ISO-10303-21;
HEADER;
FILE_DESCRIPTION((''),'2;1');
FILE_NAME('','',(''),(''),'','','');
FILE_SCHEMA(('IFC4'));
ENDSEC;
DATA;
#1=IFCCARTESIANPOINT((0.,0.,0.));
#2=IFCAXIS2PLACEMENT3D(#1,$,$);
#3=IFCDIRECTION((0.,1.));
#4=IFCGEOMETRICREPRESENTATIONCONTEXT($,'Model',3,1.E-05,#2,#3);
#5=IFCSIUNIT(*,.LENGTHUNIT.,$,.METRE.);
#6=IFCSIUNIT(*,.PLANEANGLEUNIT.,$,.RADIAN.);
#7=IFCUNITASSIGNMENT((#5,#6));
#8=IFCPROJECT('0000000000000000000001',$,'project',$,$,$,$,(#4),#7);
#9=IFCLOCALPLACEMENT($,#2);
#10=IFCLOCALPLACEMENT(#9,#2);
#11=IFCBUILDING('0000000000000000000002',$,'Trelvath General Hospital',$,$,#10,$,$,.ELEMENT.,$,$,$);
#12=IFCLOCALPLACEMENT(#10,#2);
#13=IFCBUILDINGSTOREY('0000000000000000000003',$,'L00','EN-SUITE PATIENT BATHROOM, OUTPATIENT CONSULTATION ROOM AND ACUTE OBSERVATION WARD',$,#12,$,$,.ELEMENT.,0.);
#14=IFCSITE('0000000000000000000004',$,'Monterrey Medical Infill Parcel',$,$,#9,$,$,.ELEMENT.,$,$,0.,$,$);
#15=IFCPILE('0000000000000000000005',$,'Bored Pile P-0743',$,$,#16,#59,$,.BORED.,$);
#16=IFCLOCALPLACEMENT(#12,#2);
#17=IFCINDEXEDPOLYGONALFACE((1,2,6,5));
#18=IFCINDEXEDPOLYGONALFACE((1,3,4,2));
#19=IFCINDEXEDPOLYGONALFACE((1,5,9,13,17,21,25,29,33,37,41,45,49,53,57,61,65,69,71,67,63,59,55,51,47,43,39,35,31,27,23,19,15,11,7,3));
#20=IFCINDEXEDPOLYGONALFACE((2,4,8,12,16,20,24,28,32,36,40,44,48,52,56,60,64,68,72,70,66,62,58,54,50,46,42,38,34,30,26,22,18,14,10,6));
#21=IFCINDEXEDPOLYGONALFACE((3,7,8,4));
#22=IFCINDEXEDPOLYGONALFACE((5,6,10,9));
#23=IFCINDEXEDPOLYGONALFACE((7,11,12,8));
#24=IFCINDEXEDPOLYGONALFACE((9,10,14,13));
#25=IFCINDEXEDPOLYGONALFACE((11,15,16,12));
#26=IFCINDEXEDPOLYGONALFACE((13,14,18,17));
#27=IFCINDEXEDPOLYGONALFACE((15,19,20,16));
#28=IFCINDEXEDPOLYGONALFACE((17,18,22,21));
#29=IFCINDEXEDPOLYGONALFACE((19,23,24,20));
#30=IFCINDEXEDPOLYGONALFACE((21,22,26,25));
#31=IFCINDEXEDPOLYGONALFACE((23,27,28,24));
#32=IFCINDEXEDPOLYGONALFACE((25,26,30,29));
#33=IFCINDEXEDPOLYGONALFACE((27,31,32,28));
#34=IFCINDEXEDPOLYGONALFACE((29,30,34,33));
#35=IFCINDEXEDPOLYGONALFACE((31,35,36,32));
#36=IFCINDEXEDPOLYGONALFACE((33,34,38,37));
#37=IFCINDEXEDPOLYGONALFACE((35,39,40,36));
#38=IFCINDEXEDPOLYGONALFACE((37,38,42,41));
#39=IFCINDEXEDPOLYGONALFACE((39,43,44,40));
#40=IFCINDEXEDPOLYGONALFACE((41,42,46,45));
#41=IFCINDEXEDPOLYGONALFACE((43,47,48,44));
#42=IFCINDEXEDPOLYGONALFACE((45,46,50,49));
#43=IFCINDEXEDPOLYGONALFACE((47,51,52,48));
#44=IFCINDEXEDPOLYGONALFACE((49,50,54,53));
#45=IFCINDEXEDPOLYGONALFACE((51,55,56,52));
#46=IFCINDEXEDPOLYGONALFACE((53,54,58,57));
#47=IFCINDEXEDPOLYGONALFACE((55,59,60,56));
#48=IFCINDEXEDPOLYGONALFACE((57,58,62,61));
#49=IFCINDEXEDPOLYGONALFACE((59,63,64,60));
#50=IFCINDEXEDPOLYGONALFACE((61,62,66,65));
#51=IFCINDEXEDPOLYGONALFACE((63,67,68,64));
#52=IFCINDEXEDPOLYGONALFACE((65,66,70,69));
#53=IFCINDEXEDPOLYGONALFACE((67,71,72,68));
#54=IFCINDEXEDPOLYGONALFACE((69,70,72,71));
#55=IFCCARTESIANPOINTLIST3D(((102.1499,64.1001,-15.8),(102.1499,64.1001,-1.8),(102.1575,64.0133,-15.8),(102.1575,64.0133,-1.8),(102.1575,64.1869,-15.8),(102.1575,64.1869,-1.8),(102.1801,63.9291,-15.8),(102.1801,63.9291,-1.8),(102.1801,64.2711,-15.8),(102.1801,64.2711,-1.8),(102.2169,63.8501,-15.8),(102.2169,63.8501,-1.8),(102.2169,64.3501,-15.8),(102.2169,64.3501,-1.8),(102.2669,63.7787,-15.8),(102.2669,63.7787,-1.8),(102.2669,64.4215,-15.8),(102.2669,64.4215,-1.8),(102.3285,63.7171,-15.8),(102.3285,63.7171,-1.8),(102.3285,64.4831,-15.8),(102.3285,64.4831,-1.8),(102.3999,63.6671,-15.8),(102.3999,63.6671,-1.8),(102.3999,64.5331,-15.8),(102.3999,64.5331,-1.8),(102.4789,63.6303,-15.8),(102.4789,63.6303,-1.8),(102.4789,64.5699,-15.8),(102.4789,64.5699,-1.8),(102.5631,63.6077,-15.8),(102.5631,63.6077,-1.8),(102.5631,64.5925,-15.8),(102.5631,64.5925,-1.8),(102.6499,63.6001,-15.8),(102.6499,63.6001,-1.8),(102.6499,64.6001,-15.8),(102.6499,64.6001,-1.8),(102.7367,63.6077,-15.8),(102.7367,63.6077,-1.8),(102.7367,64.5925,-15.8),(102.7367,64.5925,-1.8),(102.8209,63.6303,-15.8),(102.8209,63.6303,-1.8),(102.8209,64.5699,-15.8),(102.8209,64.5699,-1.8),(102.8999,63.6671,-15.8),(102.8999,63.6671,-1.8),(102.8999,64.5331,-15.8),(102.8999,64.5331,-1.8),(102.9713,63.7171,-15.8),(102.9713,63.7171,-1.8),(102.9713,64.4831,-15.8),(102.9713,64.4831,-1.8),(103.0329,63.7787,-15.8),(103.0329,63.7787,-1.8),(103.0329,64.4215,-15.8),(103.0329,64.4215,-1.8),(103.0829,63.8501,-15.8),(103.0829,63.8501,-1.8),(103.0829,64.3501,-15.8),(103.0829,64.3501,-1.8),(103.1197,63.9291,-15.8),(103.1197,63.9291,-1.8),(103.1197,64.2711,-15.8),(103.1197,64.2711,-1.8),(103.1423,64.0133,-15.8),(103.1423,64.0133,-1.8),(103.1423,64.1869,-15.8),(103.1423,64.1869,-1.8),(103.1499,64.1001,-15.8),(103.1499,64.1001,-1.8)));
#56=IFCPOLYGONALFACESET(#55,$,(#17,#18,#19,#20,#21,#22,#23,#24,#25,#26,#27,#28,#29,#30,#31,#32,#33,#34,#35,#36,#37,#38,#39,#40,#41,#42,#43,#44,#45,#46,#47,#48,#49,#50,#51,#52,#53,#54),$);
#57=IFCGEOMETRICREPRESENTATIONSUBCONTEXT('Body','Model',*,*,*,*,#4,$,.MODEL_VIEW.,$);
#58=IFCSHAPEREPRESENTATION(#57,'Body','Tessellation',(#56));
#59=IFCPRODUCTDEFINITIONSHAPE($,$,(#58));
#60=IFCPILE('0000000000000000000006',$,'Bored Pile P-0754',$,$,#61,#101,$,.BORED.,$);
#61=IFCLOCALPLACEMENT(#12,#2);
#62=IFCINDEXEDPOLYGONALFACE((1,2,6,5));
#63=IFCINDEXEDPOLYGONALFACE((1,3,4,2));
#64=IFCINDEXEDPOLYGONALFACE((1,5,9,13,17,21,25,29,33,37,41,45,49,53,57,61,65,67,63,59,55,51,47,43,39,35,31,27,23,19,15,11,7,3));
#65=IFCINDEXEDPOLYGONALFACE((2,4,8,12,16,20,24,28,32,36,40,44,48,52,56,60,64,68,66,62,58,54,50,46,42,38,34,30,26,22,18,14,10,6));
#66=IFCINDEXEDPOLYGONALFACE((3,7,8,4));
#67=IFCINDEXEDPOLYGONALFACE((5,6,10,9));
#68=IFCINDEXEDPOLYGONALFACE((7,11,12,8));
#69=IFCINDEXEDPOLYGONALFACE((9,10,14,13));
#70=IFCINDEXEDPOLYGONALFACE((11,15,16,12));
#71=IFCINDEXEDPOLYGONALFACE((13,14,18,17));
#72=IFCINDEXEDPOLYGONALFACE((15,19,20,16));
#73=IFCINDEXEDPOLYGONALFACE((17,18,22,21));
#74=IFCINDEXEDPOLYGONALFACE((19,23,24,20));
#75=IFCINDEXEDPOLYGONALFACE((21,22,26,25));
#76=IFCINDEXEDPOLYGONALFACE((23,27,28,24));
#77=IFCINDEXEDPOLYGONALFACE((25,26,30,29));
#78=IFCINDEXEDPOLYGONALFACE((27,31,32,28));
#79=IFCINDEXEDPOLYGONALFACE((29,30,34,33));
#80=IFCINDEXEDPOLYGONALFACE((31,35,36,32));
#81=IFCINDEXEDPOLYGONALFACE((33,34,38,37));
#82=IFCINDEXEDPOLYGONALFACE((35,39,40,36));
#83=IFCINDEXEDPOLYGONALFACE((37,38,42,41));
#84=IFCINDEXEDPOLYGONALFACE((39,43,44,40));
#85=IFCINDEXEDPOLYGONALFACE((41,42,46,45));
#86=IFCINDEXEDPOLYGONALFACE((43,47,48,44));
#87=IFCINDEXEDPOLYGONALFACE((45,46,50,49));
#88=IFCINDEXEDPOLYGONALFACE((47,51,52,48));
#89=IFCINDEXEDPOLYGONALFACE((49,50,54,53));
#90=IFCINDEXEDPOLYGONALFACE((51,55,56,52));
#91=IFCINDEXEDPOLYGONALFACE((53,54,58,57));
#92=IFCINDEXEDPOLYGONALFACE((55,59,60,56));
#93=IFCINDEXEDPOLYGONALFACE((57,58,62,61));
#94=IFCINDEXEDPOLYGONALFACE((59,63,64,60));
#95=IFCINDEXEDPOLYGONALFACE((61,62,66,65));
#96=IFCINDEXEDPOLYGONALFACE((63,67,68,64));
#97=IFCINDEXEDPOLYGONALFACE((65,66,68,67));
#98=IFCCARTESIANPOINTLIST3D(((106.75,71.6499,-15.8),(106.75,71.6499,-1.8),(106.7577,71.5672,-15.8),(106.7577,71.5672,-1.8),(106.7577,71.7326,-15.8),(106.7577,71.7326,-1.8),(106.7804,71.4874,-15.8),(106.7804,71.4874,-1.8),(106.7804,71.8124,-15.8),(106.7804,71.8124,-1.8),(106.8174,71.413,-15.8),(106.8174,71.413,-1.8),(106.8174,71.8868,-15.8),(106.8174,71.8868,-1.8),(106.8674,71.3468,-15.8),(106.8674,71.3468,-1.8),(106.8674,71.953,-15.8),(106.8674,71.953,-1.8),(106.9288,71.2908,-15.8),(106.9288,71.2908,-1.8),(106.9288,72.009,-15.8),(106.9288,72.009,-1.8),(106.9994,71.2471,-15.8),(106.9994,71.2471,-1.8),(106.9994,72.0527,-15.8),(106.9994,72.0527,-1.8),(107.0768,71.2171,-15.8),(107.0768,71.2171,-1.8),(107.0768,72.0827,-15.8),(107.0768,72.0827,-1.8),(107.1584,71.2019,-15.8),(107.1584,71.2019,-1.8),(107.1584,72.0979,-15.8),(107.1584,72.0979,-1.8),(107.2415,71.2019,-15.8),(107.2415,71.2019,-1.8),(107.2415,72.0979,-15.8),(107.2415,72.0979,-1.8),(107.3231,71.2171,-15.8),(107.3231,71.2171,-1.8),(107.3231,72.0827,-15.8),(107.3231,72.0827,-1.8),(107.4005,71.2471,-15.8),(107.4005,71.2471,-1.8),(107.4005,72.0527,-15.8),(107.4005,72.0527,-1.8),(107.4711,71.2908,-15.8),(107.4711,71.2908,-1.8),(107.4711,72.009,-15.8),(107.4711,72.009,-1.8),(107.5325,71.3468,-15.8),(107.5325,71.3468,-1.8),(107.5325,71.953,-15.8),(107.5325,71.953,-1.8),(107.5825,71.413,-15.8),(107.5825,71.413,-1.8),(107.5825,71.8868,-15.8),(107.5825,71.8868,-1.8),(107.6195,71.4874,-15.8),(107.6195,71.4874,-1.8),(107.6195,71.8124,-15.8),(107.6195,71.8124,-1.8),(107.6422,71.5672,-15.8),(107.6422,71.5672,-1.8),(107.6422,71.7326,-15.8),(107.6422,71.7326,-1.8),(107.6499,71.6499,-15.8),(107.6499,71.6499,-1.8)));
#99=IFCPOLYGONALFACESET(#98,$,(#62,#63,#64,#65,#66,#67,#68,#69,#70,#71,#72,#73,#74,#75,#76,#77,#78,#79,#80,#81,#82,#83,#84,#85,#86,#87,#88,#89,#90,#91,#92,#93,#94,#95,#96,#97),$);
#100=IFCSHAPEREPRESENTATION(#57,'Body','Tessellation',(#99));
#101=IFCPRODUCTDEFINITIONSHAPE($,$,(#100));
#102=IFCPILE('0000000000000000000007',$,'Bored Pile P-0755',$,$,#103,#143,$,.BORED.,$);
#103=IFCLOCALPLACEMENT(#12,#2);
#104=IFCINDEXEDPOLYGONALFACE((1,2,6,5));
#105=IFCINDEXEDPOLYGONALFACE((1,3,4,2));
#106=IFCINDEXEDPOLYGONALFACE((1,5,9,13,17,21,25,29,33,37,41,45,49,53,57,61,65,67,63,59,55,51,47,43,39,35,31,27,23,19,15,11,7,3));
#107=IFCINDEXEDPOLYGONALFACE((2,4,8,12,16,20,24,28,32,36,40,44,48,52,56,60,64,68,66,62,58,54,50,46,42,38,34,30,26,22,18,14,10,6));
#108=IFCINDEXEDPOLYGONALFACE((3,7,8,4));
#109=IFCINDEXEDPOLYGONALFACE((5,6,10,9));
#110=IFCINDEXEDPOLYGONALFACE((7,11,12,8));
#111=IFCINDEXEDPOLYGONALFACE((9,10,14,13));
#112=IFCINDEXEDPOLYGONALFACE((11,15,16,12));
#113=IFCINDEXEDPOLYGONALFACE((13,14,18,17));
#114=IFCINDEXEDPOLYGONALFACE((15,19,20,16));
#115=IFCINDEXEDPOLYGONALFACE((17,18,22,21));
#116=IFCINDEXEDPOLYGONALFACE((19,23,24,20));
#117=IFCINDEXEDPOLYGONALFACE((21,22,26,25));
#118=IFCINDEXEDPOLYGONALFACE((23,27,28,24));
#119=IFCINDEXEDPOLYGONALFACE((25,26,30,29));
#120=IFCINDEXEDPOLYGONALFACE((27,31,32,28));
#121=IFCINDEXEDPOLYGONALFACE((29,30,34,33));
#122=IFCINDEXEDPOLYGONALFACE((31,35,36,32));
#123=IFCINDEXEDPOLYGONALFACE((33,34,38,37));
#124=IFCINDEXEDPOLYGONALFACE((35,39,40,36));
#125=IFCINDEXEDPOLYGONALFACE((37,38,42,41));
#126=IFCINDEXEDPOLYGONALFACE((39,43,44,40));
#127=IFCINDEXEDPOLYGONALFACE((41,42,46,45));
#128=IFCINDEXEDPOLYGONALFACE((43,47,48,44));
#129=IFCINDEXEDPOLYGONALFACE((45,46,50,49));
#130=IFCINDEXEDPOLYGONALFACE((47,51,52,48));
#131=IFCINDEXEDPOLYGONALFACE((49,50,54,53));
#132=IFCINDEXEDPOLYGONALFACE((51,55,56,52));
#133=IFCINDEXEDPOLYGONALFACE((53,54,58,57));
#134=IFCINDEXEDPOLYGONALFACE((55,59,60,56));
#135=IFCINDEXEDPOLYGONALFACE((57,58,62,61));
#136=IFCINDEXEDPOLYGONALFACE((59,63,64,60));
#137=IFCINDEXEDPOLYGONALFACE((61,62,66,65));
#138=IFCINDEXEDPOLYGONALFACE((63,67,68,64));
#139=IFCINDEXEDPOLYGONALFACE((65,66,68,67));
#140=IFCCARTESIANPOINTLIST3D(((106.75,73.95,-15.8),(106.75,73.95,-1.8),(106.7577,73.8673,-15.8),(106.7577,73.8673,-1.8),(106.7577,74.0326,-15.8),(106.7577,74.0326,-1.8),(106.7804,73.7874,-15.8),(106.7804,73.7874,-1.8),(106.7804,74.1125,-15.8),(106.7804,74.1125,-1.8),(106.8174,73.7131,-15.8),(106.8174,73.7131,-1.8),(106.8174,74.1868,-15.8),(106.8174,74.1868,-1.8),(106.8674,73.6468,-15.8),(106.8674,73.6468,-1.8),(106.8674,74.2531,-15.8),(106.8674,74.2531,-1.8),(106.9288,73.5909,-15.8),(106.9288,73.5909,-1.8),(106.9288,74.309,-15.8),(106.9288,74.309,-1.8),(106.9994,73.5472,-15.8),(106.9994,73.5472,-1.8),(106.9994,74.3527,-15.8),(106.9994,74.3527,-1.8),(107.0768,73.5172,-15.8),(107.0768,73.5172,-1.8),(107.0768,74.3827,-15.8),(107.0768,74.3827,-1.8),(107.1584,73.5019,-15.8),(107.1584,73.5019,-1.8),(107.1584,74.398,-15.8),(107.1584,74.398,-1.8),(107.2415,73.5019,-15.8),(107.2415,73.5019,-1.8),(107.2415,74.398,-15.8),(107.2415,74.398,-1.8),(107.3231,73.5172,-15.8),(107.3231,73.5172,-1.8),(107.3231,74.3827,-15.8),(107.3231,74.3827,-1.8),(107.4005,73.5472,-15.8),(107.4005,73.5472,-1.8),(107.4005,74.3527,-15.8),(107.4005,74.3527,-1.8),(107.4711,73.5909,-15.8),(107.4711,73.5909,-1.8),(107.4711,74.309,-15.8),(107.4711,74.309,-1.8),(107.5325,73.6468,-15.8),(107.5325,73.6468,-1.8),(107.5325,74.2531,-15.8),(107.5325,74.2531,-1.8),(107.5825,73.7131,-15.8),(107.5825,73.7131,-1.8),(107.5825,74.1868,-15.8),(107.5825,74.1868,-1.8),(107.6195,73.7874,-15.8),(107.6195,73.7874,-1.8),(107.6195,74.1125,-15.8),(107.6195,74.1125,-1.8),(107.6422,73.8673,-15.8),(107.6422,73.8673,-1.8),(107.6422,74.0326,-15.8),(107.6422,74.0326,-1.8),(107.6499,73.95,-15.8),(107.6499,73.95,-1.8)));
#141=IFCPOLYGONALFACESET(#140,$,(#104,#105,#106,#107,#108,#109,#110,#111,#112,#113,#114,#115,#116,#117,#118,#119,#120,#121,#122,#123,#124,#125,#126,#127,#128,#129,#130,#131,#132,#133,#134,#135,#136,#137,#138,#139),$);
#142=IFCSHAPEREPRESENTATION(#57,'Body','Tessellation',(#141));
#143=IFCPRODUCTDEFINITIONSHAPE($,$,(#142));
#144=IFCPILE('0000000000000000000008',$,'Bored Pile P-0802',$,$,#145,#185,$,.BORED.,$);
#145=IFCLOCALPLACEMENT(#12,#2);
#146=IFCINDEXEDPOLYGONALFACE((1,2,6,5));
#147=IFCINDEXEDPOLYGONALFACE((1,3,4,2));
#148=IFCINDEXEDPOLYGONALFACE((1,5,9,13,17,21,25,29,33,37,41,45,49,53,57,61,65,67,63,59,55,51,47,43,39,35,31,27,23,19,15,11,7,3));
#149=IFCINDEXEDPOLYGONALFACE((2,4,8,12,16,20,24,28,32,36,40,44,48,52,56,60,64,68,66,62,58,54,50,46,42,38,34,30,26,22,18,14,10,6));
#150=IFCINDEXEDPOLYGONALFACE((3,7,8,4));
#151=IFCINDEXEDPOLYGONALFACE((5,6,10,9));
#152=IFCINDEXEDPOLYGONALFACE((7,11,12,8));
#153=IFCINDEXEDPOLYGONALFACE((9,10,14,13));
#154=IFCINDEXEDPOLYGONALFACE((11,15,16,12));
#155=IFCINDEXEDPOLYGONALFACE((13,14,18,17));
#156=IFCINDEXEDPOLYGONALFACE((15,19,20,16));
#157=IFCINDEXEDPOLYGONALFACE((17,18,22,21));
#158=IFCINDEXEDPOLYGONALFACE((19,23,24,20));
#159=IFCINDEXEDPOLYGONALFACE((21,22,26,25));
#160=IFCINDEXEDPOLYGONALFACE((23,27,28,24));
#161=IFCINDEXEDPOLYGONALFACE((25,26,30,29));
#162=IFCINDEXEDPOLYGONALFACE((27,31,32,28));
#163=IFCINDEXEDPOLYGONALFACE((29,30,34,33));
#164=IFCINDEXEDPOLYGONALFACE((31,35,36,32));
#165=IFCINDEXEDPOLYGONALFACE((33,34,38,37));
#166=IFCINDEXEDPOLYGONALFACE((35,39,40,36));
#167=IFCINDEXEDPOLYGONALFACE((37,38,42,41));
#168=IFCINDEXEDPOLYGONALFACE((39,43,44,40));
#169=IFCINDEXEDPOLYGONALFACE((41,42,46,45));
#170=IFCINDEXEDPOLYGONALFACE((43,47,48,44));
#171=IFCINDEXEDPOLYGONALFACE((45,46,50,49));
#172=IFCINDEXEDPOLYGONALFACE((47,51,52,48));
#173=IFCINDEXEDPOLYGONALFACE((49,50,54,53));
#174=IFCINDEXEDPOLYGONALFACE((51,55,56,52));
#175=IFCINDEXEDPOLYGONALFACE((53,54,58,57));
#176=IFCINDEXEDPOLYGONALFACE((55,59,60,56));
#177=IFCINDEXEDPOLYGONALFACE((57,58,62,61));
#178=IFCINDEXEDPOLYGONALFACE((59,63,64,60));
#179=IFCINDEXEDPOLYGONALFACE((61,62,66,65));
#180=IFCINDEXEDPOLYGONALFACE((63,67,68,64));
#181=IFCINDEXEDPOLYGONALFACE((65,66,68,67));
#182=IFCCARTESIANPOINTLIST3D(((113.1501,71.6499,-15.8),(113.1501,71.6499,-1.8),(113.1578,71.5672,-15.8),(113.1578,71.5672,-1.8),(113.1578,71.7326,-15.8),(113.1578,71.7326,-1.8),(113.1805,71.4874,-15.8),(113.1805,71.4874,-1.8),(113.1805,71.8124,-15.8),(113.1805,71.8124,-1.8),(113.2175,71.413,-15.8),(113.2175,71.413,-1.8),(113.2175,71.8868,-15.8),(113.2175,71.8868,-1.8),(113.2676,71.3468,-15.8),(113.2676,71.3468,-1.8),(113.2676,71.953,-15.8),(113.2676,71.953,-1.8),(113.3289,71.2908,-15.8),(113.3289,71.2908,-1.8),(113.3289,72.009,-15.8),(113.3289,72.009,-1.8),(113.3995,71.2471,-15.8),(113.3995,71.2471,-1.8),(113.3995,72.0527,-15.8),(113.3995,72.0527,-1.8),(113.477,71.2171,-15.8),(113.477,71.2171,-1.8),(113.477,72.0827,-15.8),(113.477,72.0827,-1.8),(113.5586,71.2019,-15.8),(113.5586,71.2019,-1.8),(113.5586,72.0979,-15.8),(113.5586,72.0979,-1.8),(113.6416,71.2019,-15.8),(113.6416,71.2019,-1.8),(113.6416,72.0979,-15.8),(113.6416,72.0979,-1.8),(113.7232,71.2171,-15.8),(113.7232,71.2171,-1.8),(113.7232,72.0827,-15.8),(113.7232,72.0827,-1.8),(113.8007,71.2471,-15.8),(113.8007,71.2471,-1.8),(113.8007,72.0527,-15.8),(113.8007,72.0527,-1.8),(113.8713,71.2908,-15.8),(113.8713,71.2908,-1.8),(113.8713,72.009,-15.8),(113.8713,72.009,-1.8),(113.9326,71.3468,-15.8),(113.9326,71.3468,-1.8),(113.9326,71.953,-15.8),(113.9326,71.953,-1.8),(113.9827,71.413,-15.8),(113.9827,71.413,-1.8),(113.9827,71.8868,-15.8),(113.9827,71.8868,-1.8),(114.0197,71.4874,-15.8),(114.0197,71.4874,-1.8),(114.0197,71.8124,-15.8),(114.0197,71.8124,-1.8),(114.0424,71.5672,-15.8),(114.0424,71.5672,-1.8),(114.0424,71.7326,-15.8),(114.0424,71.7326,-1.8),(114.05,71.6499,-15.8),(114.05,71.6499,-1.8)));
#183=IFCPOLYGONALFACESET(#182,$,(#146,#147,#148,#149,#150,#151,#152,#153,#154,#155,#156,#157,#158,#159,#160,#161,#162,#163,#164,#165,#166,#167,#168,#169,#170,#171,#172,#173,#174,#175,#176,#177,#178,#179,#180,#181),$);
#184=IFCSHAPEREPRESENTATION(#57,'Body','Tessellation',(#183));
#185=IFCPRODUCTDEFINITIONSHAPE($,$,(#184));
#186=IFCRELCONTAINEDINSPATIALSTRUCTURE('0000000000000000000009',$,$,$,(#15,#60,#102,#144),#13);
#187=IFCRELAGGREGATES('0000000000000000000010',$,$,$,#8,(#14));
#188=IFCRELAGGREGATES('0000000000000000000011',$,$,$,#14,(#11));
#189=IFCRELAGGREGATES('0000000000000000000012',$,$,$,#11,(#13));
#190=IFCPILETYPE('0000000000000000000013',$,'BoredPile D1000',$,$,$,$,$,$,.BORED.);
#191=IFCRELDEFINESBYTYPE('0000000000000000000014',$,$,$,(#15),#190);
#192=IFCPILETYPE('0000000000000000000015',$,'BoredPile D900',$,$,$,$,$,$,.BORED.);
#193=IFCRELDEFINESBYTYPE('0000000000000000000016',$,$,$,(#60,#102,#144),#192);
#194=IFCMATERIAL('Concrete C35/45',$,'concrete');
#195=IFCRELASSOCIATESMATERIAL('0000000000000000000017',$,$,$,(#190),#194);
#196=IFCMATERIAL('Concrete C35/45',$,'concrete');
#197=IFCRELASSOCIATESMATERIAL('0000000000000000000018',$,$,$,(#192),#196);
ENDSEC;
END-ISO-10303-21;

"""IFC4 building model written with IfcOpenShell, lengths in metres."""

from ifc_helpers import new_model, si_unit, direction, frame, origin, origin_2d, place, context, subcontext, project, spatial, circle, extrude, material, material_profile, profile_set, type_object, element, save


model = new_model("IFC4")

# Units and contexts
model_context = context("Model", 3, precision=1e-05, world=origin(), true_north=direction((0.0, 1.0)))
body_context = subcontext(model_context, "Body", "Model", "MODEL_VIEW")
ifc_project = project(units=[si_unit("LENGTHUNIT", "METRE"), si_unit("PLANEANGLEUNIT", "RADIAN")], contexts=[model_context])

# Site, building, storey
site_placement = place(None, origin())
site = spatial("IfcSite", under=ifc_project, at=site_placement, Name="Monterrey Medical Infill Parcel", CompositionType="ELEMENT", RefElevation=0.0)
building_placement = place(site_placement, origin())
building = spatial("IfcBuilding", under=site, at=building_placement, Name="Trelvath General Hospital", CompositionType="ELEMENT")
storey_placement = place(building_placement, origin())
storey = spatial("IfcBuildingStorey", under=building, at=storey_placement, Name="L00", Description="EN-SUITE PATIENT BATHROOM, OUTPATIENT CONSULTATION ROOM AND ACUTE OBSERVATION WARD", CompositionType="ELEMENT", Elevation=0.0)

# Piles
ifc_material_1 = material(Name="Concrete C35/45", Category="concrete")
ifc_material_profile_1 = material_profile(ifc_material_1, circle(Radius=0.5, at=origin_2d()), Name="PILE1000")
ifc_profile_set_1 = profile_set([ifc_material_profile_1], Name="Concrete C35/45")
pile_type_1 = type_object("IfcPileType", Name="BoredPile D1000", PredefinedType="BORED", material=ifc_profile_set_1)
pile_placement = place(storey_placement, frame((102.6499, 64.1001, -1.8), z_axis=(0.0, 0.0, -1.0), x_axis=(1.0, 0.0, 0.0)))
element("IfcPile", 1, at=pile_placement, inside=storey, type_object=pile_type_1, Name="Bored Pile P-0743", PredefinedType="BORED", context=body_context, shape_type="SweptSolid", body=[
    extrude(circle(Radius=0.5, at=origin_2d()), origin(), (0.0, 0.0, 1.0), 14.0),
])
ifc_material_2 = material(Name="Concrete C35/45", Category="concrete")
ifc_material_profile_2 = material_profile(ifc_material_2, circle(Radius=0.45, at=origin_2d()), Name="PILE900")
ifc_profile_set_2 = profile_set([ifc_material_profile_2], Name="Concrete C35/45")
pile_type_2 = type_object("IfcPileType", Name="BoredPile D900", PredefinedType="BORED", material=ifc_profile_set_2)
for number, where, z_axis, x_axis, name in (
    (2, (107.2, 71.6499, -1.8), (0.0, 0.0, -1.0), (1.0, 0.0, 0.0), "Bored Pile P-0754"),
    (3, (107.2, 73.95, -1.8), (0.0, 0.0, -1.0), (1.0, 0.0, 0.0), "Bored Pile P-0755"),
    (4, (113.6001, 71.6499, -1.8), (0.0, 0.0, -1.0), (1.0, 0.0, 0.0), "Bored Pile P-0802"),
):
    element("IfcPile", number, at=place(storey_placement, frame(where, z_axis=z_axis, x_axis=x_axis)), inside=storey, type_object=pile_type_2, Name=name, PredefinedType="BORED", context=body_context, shape_type="SweptSolid", body=[
        extrude(circle(Radius=0.45, at=origin_2d()), origin(), (0.0, 0.0, 1.0), 14.0),
    ])

save(model, "model.ifc")
